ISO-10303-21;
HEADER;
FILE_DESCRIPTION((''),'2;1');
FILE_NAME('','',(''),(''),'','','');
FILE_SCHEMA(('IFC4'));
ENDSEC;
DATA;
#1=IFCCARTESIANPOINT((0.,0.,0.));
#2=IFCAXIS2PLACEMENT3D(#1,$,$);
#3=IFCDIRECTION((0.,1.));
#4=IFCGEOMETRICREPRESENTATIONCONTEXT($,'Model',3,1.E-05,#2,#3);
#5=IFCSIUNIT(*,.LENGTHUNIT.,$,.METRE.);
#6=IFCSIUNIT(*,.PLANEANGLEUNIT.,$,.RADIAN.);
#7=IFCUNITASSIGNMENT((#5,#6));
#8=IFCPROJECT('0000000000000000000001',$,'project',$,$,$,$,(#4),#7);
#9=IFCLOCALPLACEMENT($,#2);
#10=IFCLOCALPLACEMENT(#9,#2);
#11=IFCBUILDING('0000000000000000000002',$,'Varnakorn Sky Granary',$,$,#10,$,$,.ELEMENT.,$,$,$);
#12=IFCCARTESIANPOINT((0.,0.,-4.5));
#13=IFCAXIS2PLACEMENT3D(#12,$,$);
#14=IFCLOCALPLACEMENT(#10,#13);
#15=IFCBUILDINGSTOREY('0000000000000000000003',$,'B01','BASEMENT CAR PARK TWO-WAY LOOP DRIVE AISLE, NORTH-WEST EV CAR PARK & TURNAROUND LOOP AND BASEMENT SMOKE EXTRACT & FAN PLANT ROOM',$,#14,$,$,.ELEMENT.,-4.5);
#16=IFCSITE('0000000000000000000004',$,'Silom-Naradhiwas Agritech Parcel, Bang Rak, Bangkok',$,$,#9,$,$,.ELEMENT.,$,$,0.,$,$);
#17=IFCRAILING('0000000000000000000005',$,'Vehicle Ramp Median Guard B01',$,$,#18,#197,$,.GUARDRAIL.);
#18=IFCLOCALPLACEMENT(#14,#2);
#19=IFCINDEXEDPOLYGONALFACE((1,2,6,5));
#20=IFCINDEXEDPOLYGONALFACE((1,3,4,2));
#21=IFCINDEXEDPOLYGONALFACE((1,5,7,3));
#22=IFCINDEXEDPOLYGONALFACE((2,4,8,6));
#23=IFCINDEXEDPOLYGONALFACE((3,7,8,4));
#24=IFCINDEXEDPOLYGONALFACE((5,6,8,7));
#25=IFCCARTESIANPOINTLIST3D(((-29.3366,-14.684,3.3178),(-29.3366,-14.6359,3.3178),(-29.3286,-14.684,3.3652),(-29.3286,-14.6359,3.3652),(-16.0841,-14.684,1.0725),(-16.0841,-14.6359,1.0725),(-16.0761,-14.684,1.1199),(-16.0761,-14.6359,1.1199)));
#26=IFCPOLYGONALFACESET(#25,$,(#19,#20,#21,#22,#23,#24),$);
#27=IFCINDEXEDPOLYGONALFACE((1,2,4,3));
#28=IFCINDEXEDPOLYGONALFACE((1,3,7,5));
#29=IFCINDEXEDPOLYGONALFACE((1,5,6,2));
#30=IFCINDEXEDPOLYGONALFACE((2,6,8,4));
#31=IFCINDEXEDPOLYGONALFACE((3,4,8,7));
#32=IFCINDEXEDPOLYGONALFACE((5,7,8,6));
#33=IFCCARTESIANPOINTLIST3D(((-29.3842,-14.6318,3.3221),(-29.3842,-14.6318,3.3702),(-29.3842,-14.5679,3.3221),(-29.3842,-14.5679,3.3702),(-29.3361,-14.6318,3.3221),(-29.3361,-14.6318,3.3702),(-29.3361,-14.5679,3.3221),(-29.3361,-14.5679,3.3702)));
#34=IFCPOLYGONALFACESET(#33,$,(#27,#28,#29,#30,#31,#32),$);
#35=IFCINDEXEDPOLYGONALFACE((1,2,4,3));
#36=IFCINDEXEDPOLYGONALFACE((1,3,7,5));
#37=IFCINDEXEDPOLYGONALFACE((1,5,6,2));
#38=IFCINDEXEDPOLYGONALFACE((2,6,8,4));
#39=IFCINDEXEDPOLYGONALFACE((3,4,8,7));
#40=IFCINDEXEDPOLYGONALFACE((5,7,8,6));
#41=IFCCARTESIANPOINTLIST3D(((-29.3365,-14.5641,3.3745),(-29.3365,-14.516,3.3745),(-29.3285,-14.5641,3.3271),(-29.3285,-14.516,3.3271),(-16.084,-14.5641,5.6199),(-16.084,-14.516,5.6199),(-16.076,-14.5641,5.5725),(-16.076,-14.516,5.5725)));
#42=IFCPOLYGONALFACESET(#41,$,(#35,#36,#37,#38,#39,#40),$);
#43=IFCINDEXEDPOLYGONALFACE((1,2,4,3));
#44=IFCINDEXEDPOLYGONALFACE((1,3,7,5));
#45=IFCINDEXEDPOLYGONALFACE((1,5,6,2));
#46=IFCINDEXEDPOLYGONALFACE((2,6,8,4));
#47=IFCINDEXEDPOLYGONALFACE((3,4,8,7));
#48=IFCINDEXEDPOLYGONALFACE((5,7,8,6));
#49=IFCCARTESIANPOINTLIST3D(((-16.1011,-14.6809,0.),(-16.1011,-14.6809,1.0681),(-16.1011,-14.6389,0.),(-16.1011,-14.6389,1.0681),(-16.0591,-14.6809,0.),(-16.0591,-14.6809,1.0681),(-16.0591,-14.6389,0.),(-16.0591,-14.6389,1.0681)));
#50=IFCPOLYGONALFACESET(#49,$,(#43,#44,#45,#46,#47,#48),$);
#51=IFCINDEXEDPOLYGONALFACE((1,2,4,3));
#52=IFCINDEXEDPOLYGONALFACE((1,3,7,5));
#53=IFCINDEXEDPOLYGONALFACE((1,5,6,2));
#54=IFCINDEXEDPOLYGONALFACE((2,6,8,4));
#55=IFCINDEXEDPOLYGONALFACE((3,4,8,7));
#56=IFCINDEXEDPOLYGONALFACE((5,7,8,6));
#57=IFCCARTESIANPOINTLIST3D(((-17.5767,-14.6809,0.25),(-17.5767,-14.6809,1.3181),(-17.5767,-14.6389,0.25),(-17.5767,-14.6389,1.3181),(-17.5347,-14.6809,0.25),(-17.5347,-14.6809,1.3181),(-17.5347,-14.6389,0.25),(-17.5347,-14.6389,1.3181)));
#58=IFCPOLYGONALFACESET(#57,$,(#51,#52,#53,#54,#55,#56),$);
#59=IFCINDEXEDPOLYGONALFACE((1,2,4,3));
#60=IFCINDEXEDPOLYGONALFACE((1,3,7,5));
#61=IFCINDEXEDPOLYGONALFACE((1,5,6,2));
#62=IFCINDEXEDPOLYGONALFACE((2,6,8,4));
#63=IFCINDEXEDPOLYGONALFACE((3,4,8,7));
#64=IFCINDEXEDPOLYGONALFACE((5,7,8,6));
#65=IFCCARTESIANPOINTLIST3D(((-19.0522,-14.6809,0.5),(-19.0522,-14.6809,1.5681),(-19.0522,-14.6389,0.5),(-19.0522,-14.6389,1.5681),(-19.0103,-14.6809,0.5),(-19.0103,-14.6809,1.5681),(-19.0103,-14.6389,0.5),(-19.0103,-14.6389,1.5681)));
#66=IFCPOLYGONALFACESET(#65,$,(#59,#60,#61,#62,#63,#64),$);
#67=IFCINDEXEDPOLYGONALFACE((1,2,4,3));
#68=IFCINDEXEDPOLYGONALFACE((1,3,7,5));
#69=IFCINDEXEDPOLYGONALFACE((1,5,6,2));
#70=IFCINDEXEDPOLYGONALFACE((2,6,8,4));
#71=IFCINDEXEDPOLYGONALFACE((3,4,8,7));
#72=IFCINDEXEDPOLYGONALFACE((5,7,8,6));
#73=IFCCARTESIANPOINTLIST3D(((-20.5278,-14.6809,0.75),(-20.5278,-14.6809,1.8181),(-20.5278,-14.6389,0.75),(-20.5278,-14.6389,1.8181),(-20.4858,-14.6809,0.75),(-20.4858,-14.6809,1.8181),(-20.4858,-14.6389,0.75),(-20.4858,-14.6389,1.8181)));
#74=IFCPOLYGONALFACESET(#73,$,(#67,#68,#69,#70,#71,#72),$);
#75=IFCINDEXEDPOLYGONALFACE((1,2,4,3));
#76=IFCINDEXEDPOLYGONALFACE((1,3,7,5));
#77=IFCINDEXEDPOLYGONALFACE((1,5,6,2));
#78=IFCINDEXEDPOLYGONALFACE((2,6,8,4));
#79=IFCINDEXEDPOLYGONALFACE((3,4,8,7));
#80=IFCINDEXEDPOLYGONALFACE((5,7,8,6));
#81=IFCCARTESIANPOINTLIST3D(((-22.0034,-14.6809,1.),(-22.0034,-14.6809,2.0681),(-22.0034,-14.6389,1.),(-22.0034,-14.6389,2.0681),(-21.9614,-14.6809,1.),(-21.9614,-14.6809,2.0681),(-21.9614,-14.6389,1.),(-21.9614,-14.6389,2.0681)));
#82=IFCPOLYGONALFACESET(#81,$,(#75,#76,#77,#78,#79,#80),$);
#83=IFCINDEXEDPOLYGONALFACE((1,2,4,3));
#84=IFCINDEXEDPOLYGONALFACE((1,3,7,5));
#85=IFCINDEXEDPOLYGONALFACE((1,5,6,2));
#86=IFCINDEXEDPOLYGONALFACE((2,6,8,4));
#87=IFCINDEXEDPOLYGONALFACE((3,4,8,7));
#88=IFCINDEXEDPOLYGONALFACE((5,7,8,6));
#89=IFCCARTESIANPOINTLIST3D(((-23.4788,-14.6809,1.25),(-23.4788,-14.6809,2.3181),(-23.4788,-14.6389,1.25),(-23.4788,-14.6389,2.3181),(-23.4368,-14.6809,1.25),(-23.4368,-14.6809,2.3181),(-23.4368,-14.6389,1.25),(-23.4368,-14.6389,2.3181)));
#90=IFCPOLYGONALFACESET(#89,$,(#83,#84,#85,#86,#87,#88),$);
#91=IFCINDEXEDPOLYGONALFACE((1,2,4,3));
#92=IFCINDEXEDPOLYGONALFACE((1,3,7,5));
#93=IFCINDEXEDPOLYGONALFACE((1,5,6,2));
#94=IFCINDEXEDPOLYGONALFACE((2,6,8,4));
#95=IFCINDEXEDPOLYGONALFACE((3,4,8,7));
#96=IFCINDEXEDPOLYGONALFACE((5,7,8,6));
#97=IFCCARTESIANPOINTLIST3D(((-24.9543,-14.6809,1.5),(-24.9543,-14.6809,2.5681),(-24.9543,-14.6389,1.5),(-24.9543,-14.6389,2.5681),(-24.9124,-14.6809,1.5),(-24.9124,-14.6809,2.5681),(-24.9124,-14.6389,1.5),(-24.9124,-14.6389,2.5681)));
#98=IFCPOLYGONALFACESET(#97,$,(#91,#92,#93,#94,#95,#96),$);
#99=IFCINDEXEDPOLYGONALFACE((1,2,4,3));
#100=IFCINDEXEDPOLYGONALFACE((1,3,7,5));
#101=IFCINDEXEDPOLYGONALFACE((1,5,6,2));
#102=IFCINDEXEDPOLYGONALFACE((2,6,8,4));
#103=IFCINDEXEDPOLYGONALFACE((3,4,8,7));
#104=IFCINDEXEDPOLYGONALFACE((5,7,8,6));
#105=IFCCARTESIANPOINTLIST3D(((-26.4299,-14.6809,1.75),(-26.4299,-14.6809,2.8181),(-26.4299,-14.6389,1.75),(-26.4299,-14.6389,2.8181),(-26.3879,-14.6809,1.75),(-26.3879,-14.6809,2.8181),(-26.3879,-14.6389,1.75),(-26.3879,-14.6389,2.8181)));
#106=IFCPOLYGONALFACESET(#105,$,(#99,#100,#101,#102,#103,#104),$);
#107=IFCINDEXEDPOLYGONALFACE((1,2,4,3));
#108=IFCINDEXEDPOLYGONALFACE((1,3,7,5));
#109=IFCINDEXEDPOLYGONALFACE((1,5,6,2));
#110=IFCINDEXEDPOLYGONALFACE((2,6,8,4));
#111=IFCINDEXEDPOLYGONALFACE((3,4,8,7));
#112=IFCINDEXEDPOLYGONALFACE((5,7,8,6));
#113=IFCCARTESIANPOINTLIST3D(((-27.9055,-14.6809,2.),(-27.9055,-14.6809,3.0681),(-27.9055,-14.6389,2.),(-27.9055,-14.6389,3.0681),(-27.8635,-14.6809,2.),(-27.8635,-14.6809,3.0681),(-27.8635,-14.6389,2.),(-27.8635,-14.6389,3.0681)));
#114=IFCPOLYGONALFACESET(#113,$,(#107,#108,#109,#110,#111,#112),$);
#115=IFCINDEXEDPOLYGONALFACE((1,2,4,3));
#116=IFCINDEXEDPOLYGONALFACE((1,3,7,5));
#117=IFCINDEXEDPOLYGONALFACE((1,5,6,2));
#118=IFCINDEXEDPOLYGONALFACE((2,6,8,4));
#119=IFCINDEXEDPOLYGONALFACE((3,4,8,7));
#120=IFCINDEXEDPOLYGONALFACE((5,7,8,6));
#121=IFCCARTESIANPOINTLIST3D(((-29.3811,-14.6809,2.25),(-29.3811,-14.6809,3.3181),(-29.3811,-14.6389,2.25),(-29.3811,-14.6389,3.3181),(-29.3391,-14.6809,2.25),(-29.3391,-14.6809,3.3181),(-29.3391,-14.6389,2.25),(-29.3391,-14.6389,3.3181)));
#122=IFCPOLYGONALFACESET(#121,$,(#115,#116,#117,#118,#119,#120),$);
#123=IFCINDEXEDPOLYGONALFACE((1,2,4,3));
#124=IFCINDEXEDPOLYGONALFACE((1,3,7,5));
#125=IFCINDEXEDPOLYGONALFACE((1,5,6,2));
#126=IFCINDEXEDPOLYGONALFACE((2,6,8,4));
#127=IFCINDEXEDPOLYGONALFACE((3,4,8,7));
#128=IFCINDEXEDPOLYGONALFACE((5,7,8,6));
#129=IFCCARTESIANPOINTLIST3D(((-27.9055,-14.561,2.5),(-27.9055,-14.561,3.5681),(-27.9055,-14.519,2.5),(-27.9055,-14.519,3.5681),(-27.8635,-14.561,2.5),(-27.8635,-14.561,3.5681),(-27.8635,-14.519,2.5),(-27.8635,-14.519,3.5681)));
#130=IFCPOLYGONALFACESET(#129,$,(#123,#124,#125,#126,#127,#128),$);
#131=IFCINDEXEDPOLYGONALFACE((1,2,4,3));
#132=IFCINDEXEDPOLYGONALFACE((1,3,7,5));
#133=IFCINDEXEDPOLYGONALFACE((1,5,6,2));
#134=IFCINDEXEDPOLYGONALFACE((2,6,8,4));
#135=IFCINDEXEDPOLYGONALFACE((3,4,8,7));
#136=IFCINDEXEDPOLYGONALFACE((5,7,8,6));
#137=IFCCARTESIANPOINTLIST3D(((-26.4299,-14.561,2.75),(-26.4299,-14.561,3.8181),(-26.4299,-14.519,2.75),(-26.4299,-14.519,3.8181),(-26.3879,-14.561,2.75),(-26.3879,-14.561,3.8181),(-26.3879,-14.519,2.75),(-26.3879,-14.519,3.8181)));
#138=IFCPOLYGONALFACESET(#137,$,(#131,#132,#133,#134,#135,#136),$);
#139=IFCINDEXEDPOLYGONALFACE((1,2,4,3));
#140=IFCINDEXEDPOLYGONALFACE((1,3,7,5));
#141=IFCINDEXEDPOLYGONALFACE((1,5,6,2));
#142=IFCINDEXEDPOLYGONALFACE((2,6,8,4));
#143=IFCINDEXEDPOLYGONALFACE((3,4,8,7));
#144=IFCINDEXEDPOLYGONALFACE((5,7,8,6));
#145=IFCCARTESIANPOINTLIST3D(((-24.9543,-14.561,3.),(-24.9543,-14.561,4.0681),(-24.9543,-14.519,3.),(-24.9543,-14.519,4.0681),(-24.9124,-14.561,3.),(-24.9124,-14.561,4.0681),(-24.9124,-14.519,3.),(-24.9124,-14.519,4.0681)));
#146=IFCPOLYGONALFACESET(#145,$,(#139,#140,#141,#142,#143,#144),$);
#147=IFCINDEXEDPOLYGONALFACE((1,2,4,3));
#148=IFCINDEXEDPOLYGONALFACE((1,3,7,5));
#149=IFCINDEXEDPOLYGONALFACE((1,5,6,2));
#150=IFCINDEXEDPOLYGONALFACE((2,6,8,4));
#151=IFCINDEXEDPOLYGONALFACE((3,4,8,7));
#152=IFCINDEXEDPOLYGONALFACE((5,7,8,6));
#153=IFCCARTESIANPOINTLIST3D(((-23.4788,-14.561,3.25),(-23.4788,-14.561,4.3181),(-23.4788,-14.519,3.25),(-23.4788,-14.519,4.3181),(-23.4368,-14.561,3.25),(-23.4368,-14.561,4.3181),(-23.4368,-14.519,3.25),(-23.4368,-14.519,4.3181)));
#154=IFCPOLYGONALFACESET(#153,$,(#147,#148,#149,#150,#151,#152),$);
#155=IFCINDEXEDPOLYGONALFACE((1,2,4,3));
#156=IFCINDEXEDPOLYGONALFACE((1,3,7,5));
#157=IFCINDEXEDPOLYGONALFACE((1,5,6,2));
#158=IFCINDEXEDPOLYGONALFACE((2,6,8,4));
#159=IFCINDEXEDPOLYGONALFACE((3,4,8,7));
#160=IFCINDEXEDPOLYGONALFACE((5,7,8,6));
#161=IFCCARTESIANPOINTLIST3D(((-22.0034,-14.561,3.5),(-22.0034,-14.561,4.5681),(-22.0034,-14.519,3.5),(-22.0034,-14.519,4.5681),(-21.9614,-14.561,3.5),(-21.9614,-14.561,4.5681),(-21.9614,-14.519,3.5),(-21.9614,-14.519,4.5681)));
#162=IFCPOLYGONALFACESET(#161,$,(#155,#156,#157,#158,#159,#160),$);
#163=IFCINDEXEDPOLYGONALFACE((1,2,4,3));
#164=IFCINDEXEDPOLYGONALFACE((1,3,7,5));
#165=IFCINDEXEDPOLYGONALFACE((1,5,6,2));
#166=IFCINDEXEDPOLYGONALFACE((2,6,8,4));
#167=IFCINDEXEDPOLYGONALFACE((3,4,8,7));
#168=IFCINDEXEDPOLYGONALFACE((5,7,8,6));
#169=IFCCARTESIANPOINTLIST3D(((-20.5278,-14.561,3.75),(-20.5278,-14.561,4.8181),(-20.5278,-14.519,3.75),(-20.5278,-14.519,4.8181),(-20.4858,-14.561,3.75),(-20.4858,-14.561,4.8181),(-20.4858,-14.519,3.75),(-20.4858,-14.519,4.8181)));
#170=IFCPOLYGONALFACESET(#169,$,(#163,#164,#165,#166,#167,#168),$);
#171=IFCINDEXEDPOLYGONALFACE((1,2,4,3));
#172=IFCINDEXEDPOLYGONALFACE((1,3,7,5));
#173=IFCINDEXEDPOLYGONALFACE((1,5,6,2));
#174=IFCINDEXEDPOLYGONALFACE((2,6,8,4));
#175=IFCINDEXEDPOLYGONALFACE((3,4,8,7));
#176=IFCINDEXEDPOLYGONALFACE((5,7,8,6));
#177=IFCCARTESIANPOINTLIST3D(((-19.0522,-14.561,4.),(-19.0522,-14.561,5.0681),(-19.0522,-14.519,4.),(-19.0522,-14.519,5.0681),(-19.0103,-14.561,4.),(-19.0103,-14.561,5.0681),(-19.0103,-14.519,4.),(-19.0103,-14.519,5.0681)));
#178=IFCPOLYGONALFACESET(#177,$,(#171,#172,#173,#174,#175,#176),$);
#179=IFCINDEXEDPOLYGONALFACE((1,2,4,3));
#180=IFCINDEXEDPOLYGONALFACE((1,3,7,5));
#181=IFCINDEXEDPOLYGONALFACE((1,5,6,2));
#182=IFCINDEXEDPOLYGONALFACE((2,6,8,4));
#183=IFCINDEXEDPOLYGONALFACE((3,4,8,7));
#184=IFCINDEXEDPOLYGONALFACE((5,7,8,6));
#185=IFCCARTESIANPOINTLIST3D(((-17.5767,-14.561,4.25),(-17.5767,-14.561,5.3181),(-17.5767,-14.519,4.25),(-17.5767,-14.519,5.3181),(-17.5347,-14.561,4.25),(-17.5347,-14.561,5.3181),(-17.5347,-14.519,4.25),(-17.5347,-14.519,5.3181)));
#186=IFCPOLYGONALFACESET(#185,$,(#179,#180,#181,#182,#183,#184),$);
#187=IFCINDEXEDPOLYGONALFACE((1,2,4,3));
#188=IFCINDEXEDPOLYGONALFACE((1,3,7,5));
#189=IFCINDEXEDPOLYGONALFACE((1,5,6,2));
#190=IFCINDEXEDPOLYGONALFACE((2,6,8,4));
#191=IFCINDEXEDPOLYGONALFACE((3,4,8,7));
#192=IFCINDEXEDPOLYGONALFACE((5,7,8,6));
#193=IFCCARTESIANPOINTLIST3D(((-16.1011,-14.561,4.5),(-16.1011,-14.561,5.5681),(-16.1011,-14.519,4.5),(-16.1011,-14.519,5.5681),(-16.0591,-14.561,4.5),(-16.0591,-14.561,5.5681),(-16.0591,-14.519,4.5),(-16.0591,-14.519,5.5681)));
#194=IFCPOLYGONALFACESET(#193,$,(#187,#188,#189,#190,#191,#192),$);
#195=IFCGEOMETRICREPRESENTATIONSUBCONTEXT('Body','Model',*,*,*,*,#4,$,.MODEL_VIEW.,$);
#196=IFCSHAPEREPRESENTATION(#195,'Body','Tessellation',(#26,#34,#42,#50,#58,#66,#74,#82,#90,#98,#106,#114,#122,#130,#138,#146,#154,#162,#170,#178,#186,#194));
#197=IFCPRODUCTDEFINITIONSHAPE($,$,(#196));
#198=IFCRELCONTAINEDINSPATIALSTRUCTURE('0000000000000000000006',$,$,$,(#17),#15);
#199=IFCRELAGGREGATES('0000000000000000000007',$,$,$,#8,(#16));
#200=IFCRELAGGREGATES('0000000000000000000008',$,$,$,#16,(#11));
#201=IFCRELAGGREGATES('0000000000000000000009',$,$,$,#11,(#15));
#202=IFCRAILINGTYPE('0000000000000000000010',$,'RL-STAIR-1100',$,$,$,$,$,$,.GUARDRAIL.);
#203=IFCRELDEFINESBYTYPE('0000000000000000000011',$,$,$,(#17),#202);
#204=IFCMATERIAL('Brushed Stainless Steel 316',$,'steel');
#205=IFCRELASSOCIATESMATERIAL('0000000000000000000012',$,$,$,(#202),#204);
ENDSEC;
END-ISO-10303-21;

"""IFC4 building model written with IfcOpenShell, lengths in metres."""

from ifc_helpers import new_model, si_unit, direction, frame, origin, origin_2d, place, context, subcontext, project, spatial, rectangle, extrude, material, type_object, element, save


model = new_model("IFC4")

# Units and contexts
model_context = context("Model", 3, precision=1e-05, world=origin(), true_north=direction((0.0, 1.0)))
body_context = subcontext(model_context, "Body", "Model", "MODEL_VIEW")
ifc_project = project(units=[si_unit("LENGTHUNIT", "METRE"), si_unit("PLANEANGLEUNIT", "RADIAN")], contexts=[model_context])

# Site, building, storey
site_placement = place(None, origin())
site = spatial("IfcSite", under=ifc_project, at=site_placement, Name="Silom-Naradhiwas Agritech Parcel, Bang Rak, Bangkok", CompositionType="ELEMENT", RefElevation=0.0)
building_placement = place(site_placement, origin())
building = spatial("IfcBuilding", under=site, at=building_placement, Name="Varnakorn Sky Granary", CompositionType="ELEMENT")
storey_placement = place(building_placement, frame((0.0, 0.0, -4.5)))
storey = spatial("IfcBuildingStorey", under=building, at=storey_placement, Name="B01", Description="BASEMENT CAR PARK TWO-WAY LOOP DRIVE AISLE, NORTH-WEST EV CAR PARK & TURNAROUND LOOP AND BASEMENT SMOKE EXTRACT & FAN PLANT ROOM", CompositionType="ELEMENT", Elevation=-4.5)

# Railing
ifc_material_1 = material(Name="Brushed Stainless Steel 316", Category="steel")
railing_type = type_object("IfcRailingType", Name="RL-STAIR-1100", PredefinedType="GUARDRAIL", material=ifc_material_1)
railing_1_placement = place(storey_placement, frame((-16.0801, -14.6599, 0.0)))
element("IfcRailing", 1, at=railing_1_placement, inside=storey, type_object=railing_type, Name="Vehicle Ramp Median Guard B01", PredefinedType="GUARDRAIL", context=body_context, shape_type="SweptSolid", body=[
    extrude(rectangle(XDim=0.0481, YDim=0.0481, at=origin_2d()), frame((0.0, 0.0, 1.0962), z_axis=(-0.985949, 0.0, 0.167047), x_axis=(0.0, -1.0, 0.0)), (0.0, 0.0, 1.0), 13.4414),
    extrude(rectangle(XDim=0.0481, YDim=0.0481, at=origin_2d()), frame((-13.28, 0.0281, 3.3462), z_axis=(0.0, 1.0, 0.0), x_axis=(-1.0, 0.0, 0.0)), (0.0, 0.0, 1.0), 0.064),
    extrude(rectangle(XDim=0.0481, YDim=0.0481, at=origin_2d()), frame((-13.2524, 0.1199, 3.3508), z_axis=(0.985949, 0.0, 0.167047), x_axis=(0.0, 1.0, 0.0)), (0.0, 0.0, 1.0), 13.4414),
    extrude(rectangle(XDim=0.042, YDim=0.042, at=origin_2d()), origin(), (0.0, 0.0, 1.0), 1.0681),
    extrude(rectangle(XDim=0.042, YDim=0.042, at=origin_2d()), frame((-1.4756, 0.0, 0.25)), (0.0, 0.0, 1.0), 1.0681),
    extrude(rectangle(XDim=0.042, YDim=0.042, at=origin_2d()), frame((-2.9512, 0.0, 0.5)), (0.0, 0.0, 1.0), 1.0681),
    extrude(rectangle(XDim=0.042, YDim=0.042, at=origin_2d()), frame((-4.4268, 0.0, 0.75)), (0.0, 0.0, 1.0), 1.0681),
    extrude(rectangle(XDim=0.042, YDim=0.042, at=origin_2d()), frame((-5.9023, 0.0, 1.0)), (0.0, 0.0, 1.0), 1.0681),
    extrude(rectangle(XDim=0.042, YDim=0.042, at=origin_2d()), frame((-7.3777, 0.0, 1.25)), (0.0, 0.0, 1.0), 1.0681),
    extrude(rectangle(XDim=0.042, YDim=0.042, at=origin_2d()), frame((-8.8533, 0.0, 1.5)), (0.0, 0.0, 1.0), 1.0681),
    extrude(rectangle(XDim=0.042, YDim=0.042, at=origin_2d()), frame((-10.3289, 0.0, 1.75)), (0.0, 0.0, 1.0), 1.0681),
    extrude(rectangle(XDim=0.042, YDim=0.042, at=origin_2d()), frame((-11.8044, 0.0, 2.0)), (0.0, 0.0, 1.0), 1.0681),
    extrude(rectangle(XDim=0.042, YDim=0.042, at=origin_2d()), frame((-13.28, 0.0, 2.25)), (0.0, 0.0, 1.0), 1.0681),
    extrude(rectangle(XDim=0.042, YDim=0.042, at=origin_2d()), frame((-11.8044, 0.1199, 2.5)), (0.0, 0.0, 1.0), 1.0681),
    extrude(rectangle(XDim=0.042, YDim=0.042, at=origin_2d()), frame((-10.3289, 0.1199, 2.75)), (0.0, 0.0, 1.0), 1.0681),
    extrude(rectangle(XDim=0.042, YDim=0.042, at=origin_2d()), frame((-8.8533, 0.1199, 3.0)), (0.0, 0.0, 1.0), 1.0681),
    extrude(rectangle(XDim=0.042, YDim=0.042, at=origin_2d()), frame((-7.3777, 0.1199, 3.25)), (0.0, 0.0, 1.0), 1.0681),
    extrude(rectangle(XDim=0.042, YDim=0.042, at=origin_2d()), frame((-5.9023, 0.1199, 3.5)), (0.0, 0.0, 1.0), 1.0681),
    extrude(rectangle(XDim=0.042, YDim=0.042, at=origin_2d()), frame((-4.4268, 0.1199, 3.75)), (0.0, 0.0, 1.0), 1.0681),
    extrude(rectangle(XDim=0.042, YDim=0.042, at=origin_2d()), frame((-2.9512, 0.1199, 4.0)), (0.0, 0.0, 1.0), 1.0681),
    extrude(rectangle(XDim=0.042, YDim=0.042, at=origin_2d()), frame((-1.4756, 0.1199, 4.25)), (0.0, 0.0, 1.0), 1.0681),
    extrude(rectangle(XDim=0.042, YDim=0.042, at=origin_2d()), frame((0.0, 0.1199, 4.5)), (0.0, 0.0, 1.0), 1.0681),
])

save(model, "model.ifc")
